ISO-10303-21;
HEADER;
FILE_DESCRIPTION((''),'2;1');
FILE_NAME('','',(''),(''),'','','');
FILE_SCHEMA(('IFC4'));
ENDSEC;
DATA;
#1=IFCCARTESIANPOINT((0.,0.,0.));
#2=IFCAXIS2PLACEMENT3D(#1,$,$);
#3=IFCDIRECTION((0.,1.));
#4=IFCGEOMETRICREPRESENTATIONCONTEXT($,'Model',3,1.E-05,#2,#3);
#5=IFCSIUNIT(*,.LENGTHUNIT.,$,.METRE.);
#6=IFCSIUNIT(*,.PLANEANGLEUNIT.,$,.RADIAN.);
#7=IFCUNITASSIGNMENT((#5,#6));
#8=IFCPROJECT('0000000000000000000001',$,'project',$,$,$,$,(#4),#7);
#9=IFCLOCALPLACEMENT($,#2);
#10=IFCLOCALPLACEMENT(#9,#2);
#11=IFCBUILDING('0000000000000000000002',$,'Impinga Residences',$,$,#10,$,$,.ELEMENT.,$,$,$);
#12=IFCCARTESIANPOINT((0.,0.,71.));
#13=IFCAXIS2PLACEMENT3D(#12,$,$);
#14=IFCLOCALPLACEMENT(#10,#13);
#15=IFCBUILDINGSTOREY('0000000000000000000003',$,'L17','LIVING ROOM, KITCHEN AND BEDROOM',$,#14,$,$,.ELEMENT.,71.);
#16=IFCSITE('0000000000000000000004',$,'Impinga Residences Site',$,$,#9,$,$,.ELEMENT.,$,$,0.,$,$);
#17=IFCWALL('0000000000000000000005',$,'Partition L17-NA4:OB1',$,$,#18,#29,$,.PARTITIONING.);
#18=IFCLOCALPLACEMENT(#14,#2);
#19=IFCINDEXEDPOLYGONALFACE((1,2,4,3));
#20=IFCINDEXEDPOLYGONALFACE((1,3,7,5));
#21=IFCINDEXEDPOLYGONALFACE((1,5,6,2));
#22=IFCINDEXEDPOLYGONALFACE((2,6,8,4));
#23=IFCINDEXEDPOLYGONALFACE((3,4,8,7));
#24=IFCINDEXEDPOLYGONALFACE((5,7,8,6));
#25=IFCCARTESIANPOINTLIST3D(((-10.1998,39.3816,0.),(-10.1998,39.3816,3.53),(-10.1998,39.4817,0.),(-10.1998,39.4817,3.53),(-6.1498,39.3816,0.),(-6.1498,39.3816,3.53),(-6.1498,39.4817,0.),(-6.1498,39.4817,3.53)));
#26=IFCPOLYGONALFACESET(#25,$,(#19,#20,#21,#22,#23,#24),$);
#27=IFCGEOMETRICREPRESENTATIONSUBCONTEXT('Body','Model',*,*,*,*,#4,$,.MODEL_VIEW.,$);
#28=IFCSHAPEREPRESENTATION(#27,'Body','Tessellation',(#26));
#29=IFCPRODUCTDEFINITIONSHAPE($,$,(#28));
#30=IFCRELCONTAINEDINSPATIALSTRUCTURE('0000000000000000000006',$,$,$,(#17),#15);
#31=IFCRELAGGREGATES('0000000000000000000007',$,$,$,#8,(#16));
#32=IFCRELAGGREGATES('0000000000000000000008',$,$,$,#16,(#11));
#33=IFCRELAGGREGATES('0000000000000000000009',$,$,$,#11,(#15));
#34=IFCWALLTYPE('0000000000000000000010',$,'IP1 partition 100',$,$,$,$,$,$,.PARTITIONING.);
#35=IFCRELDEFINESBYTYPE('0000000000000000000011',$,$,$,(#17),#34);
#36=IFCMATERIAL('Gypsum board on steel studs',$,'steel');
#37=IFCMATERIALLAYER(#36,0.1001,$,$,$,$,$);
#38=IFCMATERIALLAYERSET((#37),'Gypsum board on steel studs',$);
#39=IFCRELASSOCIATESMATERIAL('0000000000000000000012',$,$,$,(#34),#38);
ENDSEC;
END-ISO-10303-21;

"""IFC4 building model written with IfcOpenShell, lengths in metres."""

from ifc_helpers import new_model, si_unit, direction, frame, frame_2d, origin, place, context, subcontext, project, spatial, rectangle, extrude, material, layer, layer_set, type_object, element, save


model = new_model("IFC4")

# Units and contexts
model_context = context("Model", 3, precision=1e-05, world=origin(), true_north=direction((0.0, 1.0)))
body_context = subcontext(model_context, "Body", "Model", "MODEL_VIEW")
ifc_project = project(units=[si_unit("LENGTHUNIT", "METRE"), si_unit("PLANEANGLEUNIT", "RADIAN")], contexts=[model_context])

# Site, building, storey
site_placement = place(None, origin())
site = spatial("IfcSite", under=ifc_project, at=site_placement, Name="Impinga Residences Site", CompositionType="ELEMENT", RefElevation=0.0)
building_placement = place(site_placement, origin())
building = spatial("IfcBuilding", under=site, at=building_placement, Name="Impinga Residences", CompositionType="ELEMENT")
storey_placement = place(building_placement, frame((0.0, 0.0, 71.0)))
storey = spatial("IfcBuildingStorey", under=building, at=storey_placement, Name="L17", Description="LIVING ROOM, KITCHEN AND BEDROOM", CompositionType="ELEMENT", Elevation=71.0)

# Shared definitions
ifc_material_1 = material(Name="Gypsum board on steel studs", Category="steel")
ifc_layer_1 = layer(ifc_material_1, 0.1001)
ifc_layer_set_1 = layer_set([ifc_layer_1], Name="Gypsum board on steel studs")
wall_type_1 = type_object("IfcWallType", Name="IP1 partition 100", PredefinedType="PARTITIONING", material=ifc_layer_set_1)

# Wall
wall_1_placement = place(storey_placement, frame((-6.1499, 39.4316, 0.0), z_axis=(0.0, 0.0, 1.0), x_axis=(-1.0, 0.0, 0.0)))
element("IfcWall", 1, at=wall_1_placement, inside=storey, type_object=wall_type_1, Name="Partition L17-NA4:OB1", PredefinedType="PARTITIONING", context=body_context, shape_type="SweptSolid", body=[
    extrude(rectangle(XDim=4.05, YDim=0.1001, at=frame_2d((2.0249, 0.0))), origin(), (0.0, 0.0, 1.0), 3.53),
])

save(model, "model.ifc")
